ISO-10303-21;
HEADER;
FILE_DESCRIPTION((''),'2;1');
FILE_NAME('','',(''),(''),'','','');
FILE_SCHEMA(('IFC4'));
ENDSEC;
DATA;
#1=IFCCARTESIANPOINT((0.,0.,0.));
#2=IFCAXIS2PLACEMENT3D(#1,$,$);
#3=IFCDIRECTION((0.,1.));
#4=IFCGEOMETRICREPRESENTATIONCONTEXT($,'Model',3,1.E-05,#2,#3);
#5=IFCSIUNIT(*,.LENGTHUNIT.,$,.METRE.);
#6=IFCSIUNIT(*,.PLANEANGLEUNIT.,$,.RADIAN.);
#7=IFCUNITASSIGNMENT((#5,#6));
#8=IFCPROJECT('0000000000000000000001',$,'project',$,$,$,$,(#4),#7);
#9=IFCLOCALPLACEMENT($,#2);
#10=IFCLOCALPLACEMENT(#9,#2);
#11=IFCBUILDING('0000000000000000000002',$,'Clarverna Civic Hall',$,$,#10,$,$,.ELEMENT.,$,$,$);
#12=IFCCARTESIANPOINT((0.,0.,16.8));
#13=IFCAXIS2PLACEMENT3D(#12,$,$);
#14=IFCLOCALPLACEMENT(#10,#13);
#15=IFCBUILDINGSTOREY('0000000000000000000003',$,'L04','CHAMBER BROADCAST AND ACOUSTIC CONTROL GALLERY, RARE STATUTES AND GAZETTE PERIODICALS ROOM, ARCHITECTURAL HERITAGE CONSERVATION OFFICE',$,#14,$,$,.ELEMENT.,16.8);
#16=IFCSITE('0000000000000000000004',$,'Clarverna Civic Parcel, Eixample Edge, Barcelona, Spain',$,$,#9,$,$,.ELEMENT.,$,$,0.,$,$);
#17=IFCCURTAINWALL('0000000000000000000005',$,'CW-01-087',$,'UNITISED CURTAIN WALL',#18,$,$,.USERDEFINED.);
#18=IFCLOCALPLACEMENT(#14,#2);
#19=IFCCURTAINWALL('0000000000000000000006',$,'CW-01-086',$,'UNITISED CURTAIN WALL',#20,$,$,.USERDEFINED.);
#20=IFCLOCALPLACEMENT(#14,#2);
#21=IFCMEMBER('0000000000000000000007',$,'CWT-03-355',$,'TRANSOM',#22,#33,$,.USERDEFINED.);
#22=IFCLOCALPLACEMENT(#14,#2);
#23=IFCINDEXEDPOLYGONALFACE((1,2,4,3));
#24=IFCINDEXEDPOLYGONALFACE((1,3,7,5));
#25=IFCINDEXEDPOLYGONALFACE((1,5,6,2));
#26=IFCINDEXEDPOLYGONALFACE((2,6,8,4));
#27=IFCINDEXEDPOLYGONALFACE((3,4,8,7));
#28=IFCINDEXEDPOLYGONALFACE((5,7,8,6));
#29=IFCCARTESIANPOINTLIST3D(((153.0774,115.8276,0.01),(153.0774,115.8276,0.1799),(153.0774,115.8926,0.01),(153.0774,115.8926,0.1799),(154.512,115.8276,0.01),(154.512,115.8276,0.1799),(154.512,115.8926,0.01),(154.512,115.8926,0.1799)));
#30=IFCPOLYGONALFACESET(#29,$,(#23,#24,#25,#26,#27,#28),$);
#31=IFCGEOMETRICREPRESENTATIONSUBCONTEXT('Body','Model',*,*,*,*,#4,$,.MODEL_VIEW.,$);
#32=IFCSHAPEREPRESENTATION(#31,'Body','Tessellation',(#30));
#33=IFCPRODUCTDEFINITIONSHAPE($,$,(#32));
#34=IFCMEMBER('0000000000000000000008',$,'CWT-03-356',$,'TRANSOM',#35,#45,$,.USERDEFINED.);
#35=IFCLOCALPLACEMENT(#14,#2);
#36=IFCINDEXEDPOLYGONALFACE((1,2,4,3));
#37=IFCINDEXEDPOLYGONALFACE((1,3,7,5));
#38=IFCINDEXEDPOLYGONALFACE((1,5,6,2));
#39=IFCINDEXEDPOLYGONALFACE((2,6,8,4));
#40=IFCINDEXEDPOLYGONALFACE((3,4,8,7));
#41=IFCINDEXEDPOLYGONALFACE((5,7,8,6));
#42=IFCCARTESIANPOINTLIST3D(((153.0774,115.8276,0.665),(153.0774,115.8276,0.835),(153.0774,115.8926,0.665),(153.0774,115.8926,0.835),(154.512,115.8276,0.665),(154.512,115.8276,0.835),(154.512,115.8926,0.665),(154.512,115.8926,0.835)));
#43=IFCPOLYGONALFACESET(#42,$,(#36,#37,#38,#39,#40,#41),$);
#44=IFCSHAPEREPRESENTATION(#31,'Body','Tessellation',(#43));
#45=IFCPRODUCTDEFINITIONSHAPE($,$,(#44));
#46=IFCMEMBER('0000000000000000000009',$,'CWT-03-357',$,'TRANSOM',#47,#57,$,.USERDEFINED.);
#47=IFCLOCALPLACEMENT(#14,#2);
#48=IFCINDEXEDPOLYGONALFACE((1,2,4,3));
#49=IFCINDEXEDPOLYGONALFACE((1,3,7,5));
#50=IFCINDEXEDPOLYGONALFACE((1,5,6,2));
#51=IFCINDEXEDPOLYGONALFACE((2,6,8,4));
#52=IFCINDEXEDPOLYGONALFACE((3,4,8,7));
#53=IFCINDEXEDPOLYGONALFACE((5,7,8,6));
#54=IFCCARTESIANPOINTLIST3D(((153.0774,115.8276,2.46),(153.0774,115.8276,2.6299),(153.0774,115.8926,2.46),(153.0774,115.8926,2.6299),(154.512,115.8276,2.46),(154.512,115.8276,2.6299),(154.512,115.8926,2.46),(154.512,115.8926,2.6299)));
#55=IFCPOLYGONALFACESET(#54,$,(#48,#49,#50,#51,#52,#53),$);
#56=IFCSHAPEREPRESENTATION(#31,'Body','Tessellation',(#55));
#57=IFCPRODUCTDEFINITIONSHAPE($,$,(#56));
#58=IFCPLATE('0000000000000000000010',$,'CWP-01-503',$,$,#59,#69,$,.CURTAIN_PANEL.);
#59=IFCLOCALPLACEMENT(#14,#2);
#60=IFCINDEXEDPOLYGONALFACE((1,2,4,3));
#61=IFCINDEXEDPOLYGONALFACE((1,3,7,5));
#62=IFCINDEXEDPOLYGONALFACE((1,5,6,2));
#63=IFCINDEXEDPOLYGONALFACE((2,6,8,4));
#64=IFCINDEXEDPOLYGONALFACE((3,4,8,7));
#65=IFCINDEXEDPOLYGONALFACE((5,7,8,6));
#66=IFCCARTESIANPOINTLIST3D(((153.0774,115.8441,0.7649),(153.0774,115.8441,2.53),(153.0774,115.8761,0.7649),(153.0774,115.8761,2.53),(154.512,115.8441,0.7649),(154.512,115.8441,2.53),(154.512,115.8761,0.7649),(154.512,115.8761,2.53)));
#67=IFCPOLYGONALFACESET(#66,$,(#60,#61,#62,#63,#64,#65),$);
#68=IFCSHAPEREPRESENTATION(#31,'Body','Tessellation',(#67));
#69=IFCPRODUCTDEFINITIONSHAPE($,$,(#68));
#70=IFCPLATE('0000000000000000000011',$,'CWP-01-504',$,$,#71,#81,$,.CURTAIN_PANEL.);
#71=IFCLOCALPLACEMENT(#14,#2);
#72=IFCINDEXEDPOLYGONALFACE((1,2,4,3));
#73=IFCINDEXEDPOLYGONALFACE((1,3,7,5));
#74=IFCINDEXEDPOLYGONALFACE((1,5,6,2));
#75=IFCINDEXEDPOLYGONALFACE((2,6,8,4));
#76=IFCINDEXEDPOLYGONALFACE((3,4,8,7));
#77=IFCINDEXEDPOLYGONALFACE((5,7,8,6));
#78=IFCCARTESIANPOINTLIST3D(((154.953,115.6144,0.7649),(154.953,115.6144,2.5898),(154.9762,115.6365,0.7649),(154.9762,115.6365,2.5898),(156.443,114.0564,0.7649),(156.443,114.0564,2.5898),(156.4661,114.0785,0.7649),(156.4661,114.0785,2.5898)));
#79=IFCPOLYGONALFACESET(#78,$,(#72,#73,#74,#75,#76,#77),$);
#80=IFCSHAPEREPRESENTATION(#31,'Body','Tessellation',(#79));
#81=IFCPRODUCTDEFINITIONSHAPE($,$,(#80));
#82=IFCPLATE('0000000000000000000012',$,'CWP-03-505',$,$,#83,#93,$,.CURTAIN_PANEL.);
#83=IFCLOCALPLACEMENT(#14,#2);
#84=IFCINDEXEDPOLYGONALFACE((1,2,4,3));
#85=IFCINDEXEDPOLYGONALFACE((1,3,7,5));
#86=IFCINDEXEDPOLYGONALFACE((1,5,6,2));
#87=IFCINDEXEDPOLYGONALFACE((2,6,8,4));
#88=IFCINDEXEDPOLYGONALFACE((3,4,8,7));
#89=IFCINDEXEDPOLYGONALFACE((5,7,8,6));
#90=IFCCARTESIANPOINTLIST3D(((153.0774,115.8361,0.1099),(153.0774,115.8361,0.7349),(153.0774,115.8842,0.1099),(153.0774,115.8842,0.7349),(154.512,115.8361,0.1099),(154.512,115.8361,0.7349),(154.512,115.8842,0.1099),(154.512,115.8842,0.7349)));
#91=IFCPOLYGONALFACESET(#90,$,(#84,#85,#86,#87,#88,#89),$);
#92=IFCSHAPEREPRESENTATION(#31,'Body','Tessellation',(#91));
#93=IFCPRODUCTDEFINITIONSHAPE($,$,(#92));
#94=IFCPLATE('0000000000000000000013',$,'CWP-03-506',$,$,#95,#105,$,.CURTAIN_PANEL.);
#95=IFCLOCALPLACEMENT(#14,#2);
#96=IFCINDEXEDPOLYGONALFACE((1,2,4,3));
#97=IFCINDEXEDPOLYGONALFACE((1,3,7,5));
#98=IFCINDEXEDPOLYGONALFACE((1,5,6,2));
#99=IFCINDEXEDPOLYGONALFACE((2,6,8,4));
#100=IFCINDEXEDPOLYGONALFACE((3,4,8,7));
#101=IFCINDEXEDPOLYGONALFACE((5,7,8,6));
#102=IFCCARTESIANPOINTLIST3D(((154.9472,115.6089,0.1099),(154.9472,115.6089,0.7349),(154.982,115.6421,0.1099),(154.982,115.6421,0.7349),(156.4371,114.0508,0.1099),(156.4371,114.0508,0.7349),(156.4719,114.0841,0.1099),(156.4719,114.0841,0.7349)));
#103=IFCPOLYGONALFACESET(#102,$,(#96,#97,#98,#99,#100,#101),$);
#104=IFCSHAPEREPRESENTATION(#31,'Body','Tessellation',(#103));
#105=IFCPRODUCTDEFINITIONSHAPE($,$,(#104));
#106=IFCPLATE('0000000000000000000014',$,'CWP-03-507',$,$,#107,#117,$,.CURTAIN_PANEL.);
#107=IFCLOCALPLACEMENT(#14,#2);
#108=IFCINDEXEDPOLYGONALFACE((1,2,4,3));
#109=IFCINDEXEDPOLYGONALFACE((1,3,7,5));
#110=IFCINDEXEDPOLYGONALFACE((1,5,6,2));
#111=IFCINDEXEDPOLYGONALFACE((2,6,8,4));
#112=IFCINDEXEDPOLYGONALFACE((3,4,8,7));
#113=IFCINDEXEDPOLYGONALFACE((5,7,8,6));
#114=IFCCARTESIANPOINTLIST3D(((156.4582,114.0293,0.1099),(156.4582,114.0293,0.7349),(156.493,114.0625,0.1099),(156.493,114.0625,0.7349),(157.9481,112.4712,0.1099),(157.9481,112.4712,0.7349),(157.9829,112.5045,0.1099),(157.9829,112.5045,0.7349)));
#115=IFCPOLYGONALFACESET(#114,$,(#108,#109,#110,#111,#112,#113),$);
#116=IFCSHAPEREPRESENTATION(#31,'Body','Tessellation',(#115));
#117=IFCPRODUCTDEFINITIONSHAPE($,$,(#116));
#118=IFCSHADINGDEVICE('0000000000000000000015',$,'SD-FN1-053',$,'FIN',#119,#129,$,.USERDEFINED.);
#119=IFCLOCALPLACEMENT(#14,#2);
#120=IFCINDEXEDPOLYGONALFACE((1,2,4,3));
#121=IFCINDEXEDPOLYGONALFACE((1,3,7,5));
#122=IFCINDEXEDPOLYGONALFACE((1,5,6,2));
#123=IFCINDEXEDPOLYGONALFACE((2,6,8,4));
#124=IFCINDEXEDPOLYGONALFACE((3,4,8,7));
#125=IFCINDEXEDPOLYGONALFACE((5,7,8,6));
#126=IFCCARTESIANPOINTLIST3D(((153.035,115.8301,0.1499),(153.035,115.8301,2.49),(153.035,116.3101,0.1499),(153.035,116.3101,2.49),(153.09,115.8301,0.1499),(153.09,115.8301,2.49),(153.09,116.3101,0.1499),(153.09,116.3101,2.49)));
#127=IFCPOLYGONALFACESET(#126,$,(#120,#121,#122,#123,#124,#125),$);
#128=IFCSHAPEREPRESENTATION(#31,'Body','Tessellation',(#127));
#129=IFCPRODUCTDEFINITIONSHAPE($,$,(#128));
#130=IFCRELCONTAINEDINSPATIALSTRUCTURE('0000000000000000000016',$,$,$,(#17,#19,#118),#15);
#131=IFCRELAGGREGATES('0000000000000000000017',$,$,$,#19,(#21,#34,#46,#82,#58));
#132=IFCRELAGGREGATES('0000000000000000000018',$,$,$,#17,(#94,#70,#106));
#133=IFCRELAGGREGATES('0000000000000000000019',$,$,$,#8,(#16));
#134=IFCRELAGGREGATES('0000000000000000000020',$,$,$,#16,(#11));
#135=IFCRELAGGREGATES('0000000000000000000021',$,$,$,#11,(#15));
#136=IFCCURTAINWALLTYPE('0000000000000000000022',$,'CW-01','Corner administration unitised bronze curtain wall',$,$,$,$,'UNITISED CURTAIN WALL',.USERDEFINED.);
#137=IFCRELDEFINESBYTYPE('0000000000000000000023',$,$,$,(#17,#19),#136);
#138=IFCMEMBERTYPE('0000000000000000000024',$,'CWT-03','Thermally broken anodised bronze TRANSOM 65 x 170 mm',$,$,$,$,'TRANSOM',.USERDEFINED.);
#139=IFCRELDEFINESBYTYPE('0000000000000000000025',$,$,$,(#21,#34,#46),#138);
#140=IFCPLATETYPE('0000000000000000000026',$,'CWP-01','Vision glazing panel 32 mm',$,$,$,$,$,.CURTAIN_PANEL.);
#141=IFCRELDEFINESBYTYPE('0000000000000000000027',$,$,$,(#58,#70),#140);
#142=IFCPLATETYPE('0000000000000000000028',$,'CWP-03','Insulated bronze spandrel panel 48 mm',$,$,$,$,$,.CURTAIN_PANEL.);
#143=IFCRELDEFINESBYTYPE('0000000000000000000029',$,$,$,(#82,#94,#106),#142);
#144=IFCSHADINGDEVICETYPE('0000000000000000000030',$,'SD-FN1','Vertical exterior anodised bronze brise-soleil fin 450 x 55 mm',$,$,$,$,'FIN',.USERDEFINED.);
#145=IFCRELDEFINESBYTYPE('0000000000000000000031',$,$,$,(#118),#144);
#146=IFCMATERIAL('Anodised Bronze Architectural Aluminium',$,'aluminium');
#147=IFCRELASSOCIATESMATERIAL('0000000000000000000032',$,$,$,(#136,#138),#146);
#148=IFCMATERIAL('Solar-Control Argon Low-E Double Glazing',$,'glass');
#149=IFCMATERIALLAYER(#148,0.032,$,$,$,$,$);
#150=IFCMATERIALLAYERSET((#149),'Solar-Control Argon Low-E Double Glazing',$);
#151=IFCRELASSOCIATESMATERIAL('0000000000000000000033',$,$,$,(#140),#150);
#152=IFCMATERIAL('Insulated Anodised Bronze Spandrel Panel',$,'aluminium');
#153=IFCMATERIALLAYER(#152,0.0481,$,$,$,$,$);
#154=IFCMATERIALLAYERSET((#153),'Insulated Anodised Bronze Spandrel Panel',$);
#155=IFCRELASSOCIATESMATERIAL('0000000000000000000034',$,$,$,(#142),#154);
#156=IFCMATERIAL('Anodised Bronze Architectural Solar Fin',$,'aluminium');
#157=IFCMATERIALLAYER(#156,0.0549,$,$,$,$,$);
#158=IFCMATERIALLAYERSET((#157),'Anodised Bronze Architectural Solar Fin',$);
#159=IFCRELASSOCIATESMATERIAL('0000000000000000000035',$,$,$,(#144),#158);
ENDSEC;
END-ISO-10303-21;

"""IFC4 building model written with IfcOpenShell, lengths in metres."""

from ifc_helpers import new_model, si_unit, direction, frame, frame_2d, origin, origin_2d, place, context, subcontext, project, spatial, rectangle, extrude, material, layer, layer_set, material_profile, profile_set, type_object, element, aggregate, save


model = new_model("IFC4")

# Units and contexts
model_context = context("Model", 3, precision=1e-05, world=origin(), true_north=direction((0.0, 1.0)))
body_context = subcontext(model_context, "Body", "Model", "MODEL_VIEW")
ifc_project = project(units=[si_unit("LENGTHUNIT", "METRE"), si_unit("PLANEANGLEUNIT", "RADIAN")], contexts=[model_context])

# Site, building, storey
site_placement = place(None, origin())
site = spatial("IfcSite", under=ifc_project, at=site_placement, Name="Clarverna Civic Parcel, Eixample Edge, Barcelona, Spain", CompositionType="ELEMENT", RefElevation=0.0)
building_placement = place(site_placement, origin())
building = spatial("IfcBuilding", under=site, at=building_placement, Name="Clarverna Civic Hall", CompositionType="ELEMENT")
storey_placement = place(building_placement, frame((0.0, 0.0, 16.8)))
storey = spatial("IfcBuildingStorey", under=building, at=storey_placement, Name="L04", Description="CHAMBER BROADCAST AND ACOUSTIC CONTROL GALLERY, RARE STATUTES AND GAZETTE PERIODICALS ROOM, ARCHITECTURAL HERITAGE CONSERVATION OFFICE", CompositionType="ELEMENT", Elevation=16.8)

# Curtain walls
ifc_material_1 = material(Name="Anodised Bronze Architectural Aluminium", Category="aluminium")
curtain_wall_type = type_object("IfcCurtainWallType", Name="CW-01", Description="Corner administration unitised bronze curtain wall", ElementType="UNITISED CURTAIN WALL", PredefinedType="USERDEFINED", material=ifc_material_1)
curtain_wall_1_placement = place(storey_placement, origin())
curtain_wall_1 = element("IfcCurtainWall", 1, at=curtain_wall_1_placement, inside=storey, type_object=curtain_wall_type, Name="CW-01-087", ObjectType="UNITISED CURTAIN WALL", PredefinedType="USERDEFINED")
curtain_wall_2_placement = place(storey_placement, origin())
curtain_wall_2 = element("IfcCurtainWall", 2, at=curtain_wall_2_placement, inside=storey, type_object=curtain_wall_type, Name="CW-01-086", ObjectType="UNITISED CURTAIN WALL", PredefinedType="USERDEFINED")

# Members
ifc_material_profile_1 = material_profile(ifc_material_1, rectangle(XDim=0.0649, YDim=0.1699, at=origin_2d()), Name="BRONZE 65x170")
ifc_profile_set_1 = profile_set([ifc_material_profile_1], Name="Anodised Bronze Architectural Aluminium")
member_type_1 = type_object("IfcMemberType", Name="CWT-03", Description="Thermally broken anodised bronze TRANSOM 65 x 170 mm", ElementType="TRANSOM", PredefinedType="USERDEFINED", material=ifc_profile_set_1)
member_1_placement = place(storey_placement, frame((153.0774, 115.8601, 0.095), z_axis=(1.0, 0.0, 0.0), x_axis=(0.0, 1.0, 0.0)))
member_1 = element("IfcMember", 3, at=member_1_placement, type_object=member_type_1, Name="CWT-03-355", ObjectType="TRANSOM", PredefinedType="USERDEFINED", context=body_context, shape_type="SweptSolid", body=[
    extrude(rectangle(XDim=0.0649, YDim=0.1699, at=origin_2d()), origin(), (0.0, 0.0, 1.0), 1.4346),
])
member_2_placement = place(storey_placement, frame((153.0774, 115.8601, 0.75), z_axis=(1.0, 0.0, 0.0), x_axis=(0.0, 1.0, 0.0)))
member_2 = element("IfcMember", 4, at=member_2_placement, type_object=member_type_1, Name="CWT-03-356", ObjectType="TRANSOM", PredefinedType="USERDEFINED", context=body_context, shape_type="SweptSolid", body=[
    extrude(rectangle(XDim=0.0649, YDim=0.1699, at=origin_2d()), origin(), (0.0, 0.0, 1.0), 1.4346),
])
member_3_placement = place(storey_placement, frame((153.0774, 115.8601, 2.5449), z_axis=(1.0, 0.0, 0.0), x_axis=(0.0, 1.0, 0.0)))
member_3 = element("IfcMember", 5, at=member_3_placement, type_object=member_type_1, Name="CWT-03-357", ObjectType="TRANSOM", PredefinedType="USERDEFINED", context=body_context, shape_type="SweptSolid", body=[
    extrude(rectangle(XDim=0.0649, YDim=0.1699, at=origin_2d()), origin(), (0.0, 0.0, 1.0), 1.4346),
])

# Plates
ifc_material_2 = material(Name="Solar-Control Argon Low-E Double Glazing", Category="glass")
ifc_layer_1 = layer(ifc_material_2, 0.032)
ifc_layer_set_1 = layer_set([ifc_layer_1], Name="Solar-Control Argon Low-E Double Glazing")
plate_type_1 = type_object("IfcPlateType", Name="CWP-01", Description="Vision glazing panel 32 mm", PredefinedType="CURTAIN_PANEL", material=ifc_layer_set_1)
plate_1_placement = place(storey_placement, frame((153.0774, 115.8601, 0.7649), z_axis=(0.0, 0.0, 1.0), x_axis=(1.0, 0.0, 0.0)))
plate_1 = element("IfcPlate", 6, at=plate_1_placement, type_object=plate_type_1, Name="CWP-01-503", PredefinedType="CURTAIN_PANEL", context=body_context, shape_type="SweptSolid", body=[
    extrude(rectangle(XDim=1.4346, YDim=0.032, at=frame_2d((0.7173, 0.0))), origin(), (0.0, 0.0, 1.0), 1.7651),
])
plate_2_placement = place(storey_placement, frame((154.9646, 115.6255, 0.7649), z_axis=(0.0, 0.0, 1.0), x_axis=(0.691133, -0.722728, 0.0)))
plate_2 = element("IfcPlate", 7, at=plate_2_placement, type_object=plate_type_1, Name="CWP-01-504", PredefinedType="CURTAIN_PANEL", context=body_context, shape_type="SweptSolid", body=[
    extrude(rectangle(XDim=2.1558, YDim=0.032, at=frame_2d((1.0779, 0.0))), origin(), (0.0, 0.0, 1.0), 1.825),
])
ifc_material_3 = material(Name="Insulated Anodised Bronze Spandrel Panel", Category="aluminium")
ifc_layer_2 = layer(ifc_material_3, 0.0481)
ifc_layer_set_2 = layer_set([ifc_layer_2], Name="Insulated Anodised Bronze Spandrel Panel")
plate_type_2 = type_object("IfcPlateType", Name="CWP-03", Description="Insulated bronze spandrel panel 48 mm", PredefinedType="CURTAIN_PANEL", material=ifc_layer_set_2)
plate_3_placement = place(storey_placement, frame((153.0774, 115.8601, 0.1099), z_axis=(0.0, 0.0, 1.0), x_axis=(1.0, 0.0, 0.0)))
plate_3 = element("IfcPlate", 8, at=plate_3_placement, type_object=plate_type_2, Name="CWP-03-505", PredefinedType="CURTAIN_PANEL", context=body_context, shape_type="SweptSolid", body=[
    extrude(rectangle(XDim=1.4346, YDim=0.0481, at=frame_2d((0.7173, 0.0))), origin(), (0.0, 0.0, 1.0), 0.625),
])
aggregate(curtain_wall_2, [member_1, member_2, member_3, plate_3, plate_1])
plate_4_placement = place(storey_placement, frame((154.9646, 115.6255, 0.1099), z_axis=(0.0, 0.0, 1.0), x_axis=(0.691133, -0.722728, 0.0)))
plate_4 = element("IfcPlate", 9, at=plate_4_placement, type_object=plate_type_2, Name="CWP-03-506", PredefinedType="CURTAIN_PANEL", context=body_context, shape_type="SweptSolid", body=[
    extrude(rectangle(XDim=2.1558, YDim=0.0481, at=frame_2d((1.0779, 0.0))), origin(), (0.0, 0.0, 1.0), 0.625),
])
plate_5_placement = place(storey_placement, frame((156.4756, 114.0459, 0.1099), z_axis=(0.0, 0.0, 1.0), x_axis=(0.691133, -0.722728, 0.0)))
plate_5 = element("IfcPlate", 10, at=plate_5_placement, type_object=plate_type_2, Name="CWP-03-507", PredefinedType="CURTAIN_PANEL", context=body_context, shape_type="SweptSolid", body=[
    extrude(rectangle(XDim=2.1558, YDim=0.0481, at=frame_2d((1.0779, 0.0))), origin(), (0.0, 0.0, 1.0), 0.625),
])
aggregate(curtain_wall_1, [plate_4, plate_2, plate_5])

# Shading device
ifc_material_4 = material(Name="Anodised Bronze Architectural Solar Fin", Category="aluminium")
ifc_layer_3 = layer(ifc_material_4, 0.0549)
ifc_layer_set_3 = layer_set([ifc_layer_3], Name="Anodised Bronze Architectural Solar Fin")
shading_device_type = type_object("IfcShadingDeviceType", Name="SD-FN1", Description="Vertical exterior anodised bronze brise-soleil fin 450 x 55 mm", ElementType="FIN", PredefinedType="USERDEFINED", material=ifc_layer_set_3)
shading_device_placement = place(storey_placement, frame((153.0625, 115.8301, 0.1499), z_axis=(0.0, 0.0, 1.0), x_axis=(0.0, 1.0, 0.0)))
element("IfcShadingDevice", 11, at=shading_device_placement, inside=storey, type_object=shading_device_type, Name="SD-FN1-053", ObjectType="FIN", PredefinedType="USERDEFINED", context=body_context, shape_type="SweptSolid", body=[
    extrude(rectangle(XDim=0.48, YDim=0.0549, at=frame_2d((0.24, 0.0))), origin(), (0.0, 0.0, 1.0), 2.3401),
])

save(model, "model.ifc")
